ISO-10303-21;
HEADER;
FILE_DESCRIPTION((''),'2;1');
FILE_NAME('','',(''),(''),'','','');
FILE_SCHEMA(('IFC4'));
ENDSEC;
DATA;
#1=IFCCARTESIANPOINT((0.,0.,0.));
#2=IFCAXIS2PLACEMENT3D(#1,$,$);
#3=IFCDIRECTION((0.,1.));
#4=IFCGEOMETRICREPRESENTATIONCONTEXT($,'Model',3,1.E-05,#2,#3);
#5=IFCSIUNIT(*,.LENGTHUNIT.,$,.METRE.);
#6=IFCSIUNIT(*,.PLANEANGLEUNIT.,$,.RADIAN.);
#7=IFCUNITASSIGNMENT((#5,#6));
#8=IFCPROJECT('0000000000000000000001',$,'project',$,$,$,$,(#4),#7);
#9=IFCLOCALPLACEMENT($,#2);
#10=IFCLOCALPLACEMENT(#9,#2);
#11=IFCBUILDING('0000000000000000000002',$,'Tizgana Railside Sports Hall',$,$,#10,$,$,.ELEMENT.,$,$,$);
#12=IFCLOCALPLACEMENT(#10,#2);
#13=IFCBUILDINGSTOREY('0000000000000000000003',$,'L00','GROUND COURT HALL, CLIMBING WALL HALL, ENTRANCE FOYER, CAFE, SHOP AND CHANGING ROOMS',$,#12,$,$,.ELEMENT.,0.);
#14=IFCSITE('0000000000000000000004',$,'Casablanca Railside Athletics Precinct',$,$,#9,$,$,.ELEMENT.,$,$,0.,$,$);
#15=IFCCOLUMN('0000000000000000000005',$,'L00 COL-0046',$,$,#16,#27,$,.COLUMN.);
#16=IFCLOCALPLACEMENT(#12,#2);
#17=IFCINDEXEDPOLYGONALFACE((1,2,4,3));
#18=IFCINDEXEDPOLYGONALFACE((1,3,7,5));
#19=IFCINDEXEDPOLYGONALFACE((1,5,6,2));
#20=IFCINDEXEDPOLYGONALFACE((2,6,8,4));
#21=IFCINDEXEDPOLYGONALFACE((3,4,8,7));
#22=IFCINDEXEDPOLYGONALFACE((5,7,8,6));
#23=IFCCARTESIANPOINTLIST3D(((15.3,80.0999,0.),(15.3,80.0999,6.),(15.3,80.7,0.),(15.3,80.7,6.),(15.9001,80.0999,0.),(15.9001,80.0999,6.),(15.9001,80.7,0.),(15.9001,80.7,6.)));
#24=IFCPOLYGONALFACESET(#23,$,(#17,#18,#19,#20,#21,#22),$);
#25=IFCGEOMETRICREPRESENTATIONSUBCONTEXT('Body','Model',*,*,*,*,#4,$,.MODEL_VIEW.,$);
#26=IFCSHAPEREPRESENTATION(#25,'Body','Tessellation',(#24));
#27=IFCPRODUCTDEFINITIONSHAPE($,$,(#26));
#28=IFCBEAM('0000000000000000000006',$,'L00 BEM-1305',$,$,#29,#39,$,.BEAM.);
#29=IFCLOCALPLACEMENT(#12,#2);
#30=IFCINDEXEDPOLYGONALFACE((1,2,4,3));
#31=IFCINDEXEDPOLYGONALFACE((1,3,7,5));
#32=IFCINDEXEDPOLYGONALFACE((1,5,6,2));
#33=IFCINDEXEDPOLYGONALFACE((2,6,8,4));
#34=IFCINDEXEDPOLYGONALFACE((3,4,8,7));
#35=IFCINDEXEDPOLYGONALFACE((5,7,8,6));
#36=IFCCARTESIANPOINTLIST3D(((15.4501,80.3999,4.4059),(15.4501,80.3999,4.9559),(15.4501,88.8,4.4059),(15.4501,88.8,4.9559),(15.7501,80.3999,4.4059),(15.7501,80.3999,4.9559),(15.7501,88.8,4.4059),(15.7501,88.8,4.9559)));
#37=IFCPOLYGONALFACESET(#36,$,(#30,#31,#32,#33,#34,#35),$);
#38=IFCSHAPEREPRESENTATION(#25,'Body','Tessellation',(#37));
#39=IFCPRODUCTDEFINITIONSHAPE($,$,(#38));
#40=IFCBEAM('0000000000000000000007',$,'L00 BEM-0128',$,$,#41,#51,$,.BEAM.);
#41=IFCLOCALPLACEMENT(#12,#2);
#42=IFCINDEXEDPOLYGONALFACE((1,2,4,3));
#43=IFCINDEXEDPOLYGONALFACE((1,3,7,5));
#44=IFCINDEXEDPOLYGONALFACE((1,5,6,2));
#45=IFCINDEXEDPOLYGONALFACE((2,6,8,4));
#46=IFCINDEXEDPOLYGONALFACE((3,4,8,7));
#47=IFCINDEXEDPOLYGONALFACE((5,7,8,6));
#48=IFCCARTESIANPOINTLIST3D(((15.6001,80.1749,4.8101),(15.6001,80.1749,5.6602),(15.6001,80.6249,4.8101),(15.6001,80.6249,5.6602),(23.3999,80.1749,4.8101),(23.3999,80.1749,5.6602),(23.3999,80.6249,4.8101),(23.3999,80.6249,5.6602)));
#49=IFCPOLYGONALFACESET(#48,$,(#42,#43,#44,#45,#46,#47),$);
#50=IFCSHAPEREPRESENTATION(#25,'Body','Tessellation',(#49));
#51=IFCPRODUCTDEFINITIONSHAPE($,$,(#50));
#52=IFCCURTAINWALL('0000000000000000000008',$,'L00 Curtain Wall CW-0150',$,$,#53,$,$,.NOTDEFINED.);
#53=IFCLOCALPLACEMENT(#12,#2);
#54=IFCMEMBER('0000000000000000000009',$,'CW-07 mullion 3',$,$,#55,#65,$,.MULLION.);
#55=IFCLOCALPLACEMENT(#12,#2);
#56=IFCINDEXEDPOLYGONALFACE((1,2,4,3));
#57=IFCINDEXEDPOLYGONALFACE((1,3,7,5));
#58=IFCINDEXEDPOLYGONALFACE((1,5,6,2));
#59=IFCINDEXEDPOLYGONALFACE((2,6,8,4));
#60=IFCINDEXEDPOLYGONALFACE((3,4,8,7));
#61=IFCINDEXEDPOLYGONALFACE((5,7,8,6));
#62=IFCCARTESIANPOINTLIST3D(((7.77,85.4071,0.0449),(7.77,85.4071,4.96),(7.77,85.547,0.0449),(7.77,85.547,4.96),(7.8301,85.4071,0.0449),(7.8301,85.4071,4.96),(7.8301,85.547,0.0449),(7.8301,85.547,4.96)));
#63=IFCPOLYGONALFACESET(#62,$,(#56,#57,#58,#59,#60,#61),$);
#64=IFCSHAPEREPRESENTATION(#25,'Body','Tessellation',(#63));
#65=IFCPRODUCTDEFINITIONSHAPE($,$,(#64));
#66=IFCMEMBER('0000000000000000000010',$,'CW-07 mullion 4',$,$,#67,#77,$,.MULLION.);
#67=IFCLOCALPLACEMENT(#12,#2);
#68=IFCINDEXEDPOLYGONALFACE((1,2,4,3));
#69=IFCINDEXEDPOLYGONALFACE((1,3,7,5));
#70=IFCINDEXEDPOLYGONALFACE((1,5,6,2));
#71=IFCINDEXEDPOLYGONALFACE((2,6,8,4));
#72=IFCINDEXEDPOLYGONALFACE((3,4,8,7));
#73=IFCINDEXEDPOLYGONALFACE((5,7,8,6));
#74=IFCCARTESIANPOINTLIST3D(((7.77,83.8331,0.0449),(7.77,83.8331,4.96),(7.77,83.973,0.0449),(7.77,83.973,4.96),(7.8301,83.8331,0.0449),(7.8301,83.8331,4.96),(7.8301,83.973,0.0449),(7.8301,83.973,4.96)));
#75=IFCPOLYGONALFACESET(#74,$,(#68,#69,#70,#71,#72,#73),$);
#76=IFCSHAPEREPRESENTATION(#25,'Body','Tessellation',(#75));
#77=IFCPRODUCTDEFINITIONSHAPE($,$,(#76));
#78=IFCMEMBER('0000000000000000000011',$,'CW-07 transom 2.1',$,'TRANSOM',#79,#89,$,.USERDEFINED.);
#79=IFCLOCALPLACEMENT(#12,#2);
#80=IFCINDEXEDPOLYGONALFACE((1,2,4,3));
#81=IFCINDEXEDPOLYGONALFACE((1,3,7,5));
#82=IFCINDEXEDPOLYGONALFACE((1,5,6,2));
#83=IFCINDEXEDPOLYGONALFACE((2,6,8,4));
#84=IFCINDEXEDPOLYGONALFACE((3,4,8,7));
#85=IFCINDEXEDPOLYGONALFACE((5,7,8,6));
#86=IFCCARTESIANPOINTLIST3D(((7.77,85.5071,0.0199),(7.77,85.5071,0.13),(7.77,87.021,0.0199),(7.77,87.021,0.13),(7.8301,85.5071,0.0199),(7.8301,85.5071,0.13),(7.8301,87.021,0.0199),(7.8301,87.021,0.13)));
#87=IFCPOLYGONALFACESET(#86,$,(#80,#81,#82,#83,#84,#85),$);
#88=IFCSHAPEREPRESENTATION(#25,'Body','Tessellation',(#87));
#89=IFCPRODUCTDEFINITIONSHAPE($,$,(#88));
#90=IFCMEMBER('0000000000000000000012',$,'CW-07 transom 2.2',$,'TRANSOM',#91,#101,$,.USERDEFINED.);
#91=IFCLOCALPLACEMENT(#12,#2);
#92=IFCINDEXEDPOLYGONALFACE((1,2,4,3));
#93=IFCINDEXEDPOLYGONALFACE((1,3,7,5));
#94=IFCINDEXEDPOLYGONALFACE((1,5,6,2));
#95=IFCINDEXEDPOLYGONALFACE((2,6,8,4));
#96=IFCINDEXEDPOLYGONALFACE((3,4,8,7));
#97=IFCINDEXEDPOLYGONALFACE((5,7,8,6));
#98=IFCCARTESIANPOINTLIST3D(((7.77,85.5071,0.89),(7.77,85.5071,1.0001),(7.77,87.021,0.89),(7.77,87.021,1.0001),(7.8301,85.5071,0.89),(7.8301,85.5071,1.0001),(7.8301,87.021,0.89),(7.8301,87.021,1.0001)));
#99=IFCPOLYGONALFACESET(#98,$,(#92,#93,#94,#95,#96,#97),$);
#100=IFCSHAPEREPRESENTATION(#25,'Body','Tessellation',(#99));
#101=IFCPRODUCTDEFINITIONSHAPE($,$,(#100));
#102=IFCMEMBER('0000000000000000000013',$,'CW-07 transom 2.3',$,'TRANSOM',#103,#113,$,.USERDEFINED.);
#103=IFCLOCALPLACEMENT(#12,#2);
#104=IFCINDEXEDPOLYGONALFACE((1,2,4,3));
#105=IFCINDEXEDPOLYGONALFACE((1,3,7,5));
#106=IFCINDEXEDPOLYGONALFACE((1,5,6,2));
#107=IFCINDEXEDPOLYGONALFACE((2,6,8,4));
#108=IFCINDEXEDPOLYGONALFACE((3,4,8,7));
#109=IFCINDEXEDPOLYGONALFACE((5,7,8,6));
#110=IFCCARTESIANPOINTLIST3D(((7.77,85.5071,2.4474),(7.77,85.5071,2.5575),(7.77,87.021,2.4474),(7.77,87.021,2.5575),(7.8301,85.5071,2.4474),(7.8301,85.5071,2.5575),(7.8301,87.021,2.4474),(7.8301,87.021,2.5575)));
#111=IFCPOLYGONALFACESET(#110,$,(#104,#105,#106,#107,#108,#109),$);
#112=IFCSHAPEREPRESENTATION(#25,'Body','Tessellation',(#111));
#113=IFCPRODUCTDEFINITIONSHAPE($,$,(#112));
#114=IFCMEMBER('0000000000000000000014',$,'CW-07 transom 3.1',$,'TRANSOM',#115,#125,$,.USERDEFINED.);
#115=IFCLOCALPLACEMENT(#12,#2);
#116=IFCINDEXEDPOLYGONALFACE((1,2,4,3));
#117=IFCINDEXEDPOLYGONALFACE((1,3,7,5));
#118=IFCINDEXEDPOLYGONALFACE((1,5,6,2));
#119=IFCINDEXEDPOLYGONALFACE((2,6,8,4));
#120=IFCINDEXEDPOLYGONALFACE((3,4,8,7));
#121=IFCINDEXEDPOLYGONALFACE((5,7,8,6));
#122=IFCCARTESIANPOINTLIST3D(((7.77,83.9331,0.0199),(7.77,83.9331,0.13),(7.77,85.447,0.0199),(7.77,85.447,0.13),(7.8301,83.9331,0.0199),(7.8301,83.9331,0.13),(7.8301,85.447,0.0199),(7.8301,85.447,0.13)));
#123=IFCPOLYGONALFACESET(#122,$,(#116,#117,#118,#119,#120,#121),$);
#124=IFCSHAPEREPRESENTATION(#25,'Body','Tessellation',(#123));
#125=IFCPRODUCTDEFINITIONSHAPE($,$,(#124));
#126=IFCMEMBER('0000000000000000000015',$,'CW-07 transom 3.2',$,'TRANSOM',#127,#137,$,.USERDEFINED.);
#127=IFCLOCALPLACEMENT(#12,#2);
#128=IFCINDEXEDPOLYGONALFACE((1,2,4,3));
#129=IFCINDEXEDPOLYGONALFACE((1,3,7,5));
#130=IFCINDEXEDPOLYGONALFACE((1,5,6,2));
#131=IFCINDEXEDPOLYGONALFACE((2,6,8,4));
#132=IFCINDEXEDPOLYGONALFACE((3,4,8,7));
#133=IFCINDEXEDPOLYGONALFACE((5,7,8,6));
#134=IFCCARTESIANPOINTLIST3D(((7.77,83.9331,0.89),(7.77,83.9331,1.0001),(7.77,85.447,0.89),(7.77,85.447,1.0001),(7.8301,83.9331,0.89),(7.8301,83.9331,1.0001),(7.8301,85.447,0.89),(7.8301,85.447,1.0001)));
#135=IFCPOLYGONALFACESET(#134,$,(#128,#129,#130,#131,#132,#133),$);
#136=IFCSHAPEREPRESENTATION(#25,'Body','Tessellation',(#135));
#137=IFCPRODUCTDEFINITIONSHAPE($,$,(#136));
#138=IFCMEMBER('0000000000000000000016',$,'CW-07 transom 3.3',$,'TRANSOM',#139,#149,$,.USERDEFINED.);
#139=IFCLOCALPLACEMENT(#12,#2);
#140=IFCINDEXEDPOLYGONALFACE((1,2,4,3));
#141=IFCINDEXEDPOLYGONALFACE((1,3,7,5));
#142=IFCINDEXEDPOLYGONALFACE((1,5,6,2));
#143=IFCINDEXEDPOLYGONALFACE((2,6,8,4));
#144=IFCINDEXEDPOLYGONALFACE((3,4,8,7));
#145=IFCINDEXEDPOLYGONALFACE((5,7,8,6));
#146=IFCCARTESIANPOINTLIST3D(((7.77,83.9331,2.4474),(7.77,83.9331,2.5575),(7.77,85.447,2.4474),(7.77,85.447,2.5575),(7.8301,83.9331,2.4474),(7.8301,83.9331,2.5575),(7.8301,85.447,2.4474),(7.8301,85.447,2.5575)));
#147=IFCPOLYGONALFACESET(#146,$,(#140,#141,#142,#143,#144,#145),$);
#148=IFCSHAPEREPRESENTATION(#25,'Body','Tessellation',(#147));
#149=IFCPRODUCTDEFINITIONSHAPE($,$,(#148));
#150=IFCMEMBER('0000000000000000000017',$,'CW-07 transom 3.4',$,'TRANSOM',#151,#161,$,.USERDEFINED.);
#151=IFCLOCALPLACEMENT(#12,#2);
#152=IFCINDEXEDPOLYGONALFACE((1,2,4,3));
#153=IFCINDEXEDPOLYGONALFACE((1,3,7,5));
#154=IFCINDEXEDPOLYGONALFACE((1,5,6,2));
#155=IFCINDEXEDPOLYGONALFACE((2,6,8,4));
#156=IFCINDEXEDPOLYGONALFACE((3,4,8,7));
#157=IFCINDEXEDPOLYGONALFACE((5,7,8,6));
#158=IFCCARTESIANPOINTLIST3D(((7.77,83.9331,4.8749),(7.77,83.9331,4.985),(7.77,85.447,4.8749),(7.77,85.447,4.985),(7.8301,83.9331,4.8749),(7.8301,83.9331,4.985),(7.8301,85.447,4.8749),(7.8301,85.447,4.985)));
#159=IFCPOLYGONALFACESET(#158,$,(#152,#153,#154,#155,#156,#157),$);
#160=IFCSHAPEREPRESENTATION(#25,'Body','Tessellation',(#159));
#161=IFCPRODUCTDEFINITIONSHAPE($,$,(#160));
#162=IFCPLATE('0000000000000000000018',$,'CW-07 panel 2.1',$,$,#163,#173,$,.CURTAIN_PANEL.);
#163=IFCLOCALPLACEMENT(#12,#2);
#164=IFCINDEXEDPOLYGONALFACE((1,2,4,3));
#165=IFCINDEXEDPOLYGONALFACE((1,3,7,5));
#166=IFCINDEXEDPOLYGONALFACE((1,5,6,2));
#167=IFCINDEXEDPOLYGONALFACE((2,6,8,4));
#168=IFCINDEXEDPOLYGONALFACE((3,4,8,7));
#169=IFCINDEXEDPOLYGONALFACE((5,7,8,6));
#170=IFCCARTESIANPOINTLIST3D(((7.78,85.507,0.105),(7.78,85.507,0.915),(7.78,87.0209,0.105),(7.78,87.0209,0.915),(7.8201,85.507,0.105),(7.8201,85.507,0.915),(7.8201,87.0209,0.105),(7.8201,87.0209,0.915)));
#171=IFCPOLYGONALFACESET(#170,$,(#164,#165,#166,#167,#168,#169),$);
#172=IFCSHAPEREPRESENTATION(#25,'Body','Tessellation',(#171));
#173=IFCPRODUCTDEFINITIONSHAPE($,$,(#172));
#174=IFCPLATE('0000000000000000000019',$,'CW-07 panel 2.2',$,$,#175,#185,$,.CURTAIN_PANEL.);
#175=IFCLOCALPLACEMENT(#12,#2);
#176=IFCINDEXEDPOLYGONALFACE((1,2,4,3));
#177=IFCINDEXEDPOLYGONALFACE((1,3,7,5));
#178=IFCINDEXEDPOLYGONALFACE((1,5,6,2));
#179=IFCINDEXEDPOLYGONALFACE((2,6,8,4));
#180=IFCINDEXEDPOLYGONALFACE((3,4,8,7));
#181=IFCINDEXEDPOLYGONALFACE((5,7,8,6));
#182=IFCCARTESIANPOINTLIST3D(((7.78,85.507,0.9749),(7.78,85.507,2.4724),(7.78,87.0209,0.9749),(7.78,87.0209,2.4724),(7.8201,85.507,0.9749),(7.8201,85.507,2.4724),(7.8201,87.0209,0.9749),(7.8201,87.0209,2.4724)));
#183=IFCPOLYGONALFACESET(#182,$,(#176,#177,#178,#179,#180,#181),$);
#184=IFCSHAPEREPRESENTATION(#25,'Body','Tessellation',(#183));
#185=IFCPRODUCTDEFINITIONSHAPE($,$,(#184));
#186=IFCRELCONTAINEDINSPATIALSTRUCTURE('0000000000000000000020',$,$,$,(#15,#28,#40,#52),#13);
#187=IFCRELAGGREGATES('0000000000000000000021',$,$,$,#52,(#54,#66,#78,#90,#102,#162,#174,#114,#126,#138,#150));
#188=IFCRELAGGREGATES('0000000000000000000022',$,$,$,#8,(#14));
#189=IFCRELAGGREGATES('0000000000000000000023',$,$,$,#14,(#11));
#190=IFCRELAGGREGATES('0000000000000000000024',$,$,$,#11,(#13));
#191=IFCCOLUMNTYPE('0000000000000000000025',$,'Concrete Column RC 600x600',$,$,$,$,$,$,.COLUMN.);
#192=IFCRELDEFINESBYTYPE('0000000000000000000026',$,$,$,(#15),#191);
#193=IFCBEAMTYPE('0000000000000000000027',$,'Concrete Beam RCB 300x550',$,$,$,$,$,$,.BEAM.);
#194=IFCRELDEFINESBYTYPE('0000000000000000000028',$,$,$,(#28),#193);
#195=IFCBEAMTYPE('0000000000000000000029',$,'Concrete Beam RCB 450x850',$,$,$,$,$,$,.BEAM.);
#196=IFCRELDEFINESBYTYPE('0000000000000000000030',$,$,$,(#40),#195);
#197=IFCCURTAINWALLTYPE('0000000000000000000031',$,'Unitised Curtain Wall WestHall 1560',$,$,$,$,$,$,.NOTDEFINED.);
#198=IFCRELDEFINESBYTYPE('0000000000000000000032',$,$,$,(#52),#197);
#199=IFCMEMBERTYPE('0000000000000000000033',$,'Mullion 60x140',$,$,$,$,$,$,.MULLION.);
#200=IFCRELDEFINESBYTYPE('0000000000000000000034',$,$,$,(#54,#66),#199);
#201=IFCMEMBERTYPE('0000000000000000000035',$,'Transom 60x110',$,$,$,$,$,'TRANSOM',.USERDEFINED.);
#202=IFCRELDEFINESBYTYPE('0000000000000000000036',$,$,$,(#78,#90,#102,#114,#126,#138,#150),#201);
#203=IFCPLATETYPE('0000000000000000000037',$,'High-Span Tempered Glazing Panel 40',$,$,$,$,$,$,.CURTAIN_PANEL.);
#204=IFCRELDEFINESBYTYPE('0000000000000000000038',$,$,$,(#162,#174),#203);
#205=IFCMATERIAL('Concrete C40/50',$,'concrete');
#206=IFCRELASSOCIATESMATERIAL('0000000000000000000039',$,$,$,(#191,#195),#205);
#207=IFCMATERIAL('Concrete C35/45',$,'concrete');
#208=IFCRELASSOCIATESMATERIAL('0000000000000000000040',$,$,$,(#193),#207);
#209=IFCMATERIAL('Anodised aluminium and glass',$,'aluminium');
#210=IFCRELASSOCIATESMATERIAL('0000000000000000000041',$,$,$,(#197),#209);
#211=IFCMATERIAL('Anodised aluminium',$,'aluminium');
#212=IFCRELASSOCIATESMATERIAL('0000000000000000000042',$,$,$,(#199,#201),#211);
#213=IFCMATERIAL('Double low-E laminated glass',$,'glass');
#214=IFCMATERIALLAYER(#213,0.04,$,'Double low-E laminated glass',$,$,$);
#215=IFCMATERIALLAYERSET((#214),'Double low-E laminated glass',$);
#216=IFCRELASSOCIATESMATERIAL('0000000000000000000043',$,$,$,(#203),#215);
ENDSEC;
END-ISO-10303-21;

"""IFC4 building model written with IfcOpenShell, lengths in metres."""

from ifc_helpers import new_model, si_unit, direction, frame, origin, origin_2d, place, context, subcontext, project, spatial, rectangle, extrude, material, layer, layer_set, material_profile, profile_set, type_object, element, aggregate, save


model = new_model("IFC4")

# Units and contexts
model_context = context("Model", 3, precision=1e-05, world=origin(), true_north=direction((0.0, 1.0)))
body_context = subcontext(model_context, "Body", "Model", "MODEL_VIEW")
ifc_project = project(units=[si_unit("LENGTHUNIT", "METRE"), si_unit("PLANEANGLEUNIT", "RADIAN")], contexts=[model_context])

# Site, building, storey
site_placement = place(None, origin())
site = spatial("IfcSite", under=ifc_project, at=site_placement, Name="Casablanca Railside Athletics Precinct", CompositionType="ELEMENT", RefElevation=0.0)
building_placement = place(site_placement, origin())
building = spatial("IfcBuilding", under=site, at=building_placement, Name="Tizgana Railside Sports Hall", CompositionType="ELEMENT")
storey_placement = place(building_placement, origin())
storey = spatial("IfcBuildingStorey", under=building, at=storey_placement, Name="L00", Description="GROUND COURT HALL, CLIMBING WALL HALL, ENTRANCE FOYER, CAFE, SHOP AND CHANGING ROOMS", CompositionType="ELEMENT", Elevation=0.0)

# Column
ifc_material_1 = material(Name="Concrete C40/50", Category="concrete")
ifc_material_profile_1 = material_profile(ifc_material_1, rectangle(XDim=0.6001, YDim=0.6001, at=origin_2d()), Name="RC 600x600")
ifc_profile_set_1 = profile_set([ifc_material_profile_1], Name="Concrete C40/50")
column_type = type_object("IfcColumnType", Name="Concrete Column RC 600x600", PredefinedType="COLUMN", material=ifc_profile_set_1)
column_placement = place(storey_placement, frame((15.6001, 80.3999, 0.0), z_axis=(0.0, 0.0, 1.0), x_axis=(1.0, 0.0, 0.0)))
element("IfcColumn", 1, at=column_placement, inside=storey, type_object=column_type, Name="L00 COL-0046", PredefinedType="COLUMN", context=body_context, shape_type="SweptSolid", body=[
    extrude(rectangle(XDim=0.6001, YDim=0.6001, at=origin_2d()), origin(), (0.0, 0.0, 1.0), 6.0),
])

# Beams
ifc_material_2 = material(Name="Concrete C35/45", Category="concrete")
ifc_material_profile_2 = material_profile(ifc_material_2, rectangle(XDim=0.3, YDim=0.55, at=origin_2d()), Name="RCB 300x550")
ifc_profile_set_2 = profile_set([ifc_material_profile_2], Name="Concrete C35/45")
beam_type_1 = type_object("IfcBeamType", Name="Concrete Beam RCB 300x550", PredefinedType="BEAM", material=ifc_profile_set_2)
beam_1_placement = place(storey_placement, frame((15.6001, 80.3999, 4.6809), z_axis=(0.0, 1.0, 0.0), x_axis=(-1.0, 0.0, 0.0)))
element("IfcBeam", 2, at=beam_1_placement, inside=storey, type_object=beam_type_1, Name="L00 BEM-1305", PredefinedType="BEAM", context=body_context, shape_type="SweptSolid", body=[
    extrude(rectangle(XDim=0.3, YDim=0.55, at=origin_2d()), origin(), (0.0, 0.0, 1.0), 8.4001),
])
ifc_material_profile_3 = material_profile(ifc_material_1, rectangle(XDim=0.45, YDim=0.8501, at=origin_2d()), Name="RCB 450x850")
ifc_profile_set_3 = profile_set([ifc_material_profile_3], Name="Concrete C40/50")
beam_type_2 = type_object("IfcBeamType", Name="Concrete Beam RCB 450x850", PredefinedType="BEAM", material=ifc_profile_set_3)
beam_2_placement = place(storey_placement, frame((15.6001, 80.3999, 5.2351), z_axis=(1.0, 0.0, 0.0), x_axis=(0.0, 1.0, 0.0)))
element("IfcBeam", 3, at=beam_2_placement, inside=storey, type_object=beam_type_2, Name="L00 BEM-0128", PredefinedType="BEAM", context=body_context, shape_type="SweptSolid", body=[
    extrude(rectangle(XDim=0.45, YDim=0.8501, at=origin_2d()), origin(), (0.0, 0.0, 1.0), 7.7998),
])

# Curtain wall, members, plates
ifc_material_3 = material(Name="Anodised aluminium and glass", Category="aluminium")
curtain_wall_type = type_object("IfcCurtainWallType", Name="Unitised Curtain Wall WestHall 1560", PredefinedType="NOTDEFINED", material=ifc_material_3)
curtain_wall_placement = place(storey_placement, origin())
curtain_wall = element("IfcCurtainWall", 4, at=curtain_wall_placement, inside=storey, type_object=curtain_wall_type, Name="L00 Curtain Wall CW-0150", PredefinedType="NOTDEFINED")
ifc_material_4 = material(Name="Anodised aluminium", Category="aluminium")
ifc_material_profile_4 = material_profile(ifc_material_4, rectangle(XDim=0.0601, YDim=0.1399, at=origin_2d()), Name="Mullion 60x140")
ifc_profile_set_4 = profile_set([ifc_material_profile_4], Name="Anodised aluminium")
member_type_1 = type_object("IfcMemberType", Name="Mullion 60x140", PredefinedType="MULLION", material=ifc_profile_set_4)
member_1_placement = place(storey_placement, frame((7.8, 85.4771, 0.0449), z_axis=(0.0, 0.0, 1.0), x_axis=(1.0, 0.0, 0.0)))
member_1 = element("IfcMember", 5, at=member_1_placement, type_object=member_type_1, Name="CW-07 mullion 3", PredefinedType="MULLION", context=body_context, shape_type="SweptSolid", body=[
    extrude(rectangle(XDim=0.0601, YDim=0.1399, at=origin_2d()), origin(), (0.0, 0.0, 1.0), 4.915),
])
member_2_placement = place(storey_placement, frame((7.8, 83.9031, 0.0449), z_axis=(0.0, 0.0, 1.0), x_axis=(1.0, 0.0, 0.0)))
member_2 = element("IfcMember", 6, at=member_2_placement, type_object=member_type_1, Name="CW-07 mullion 4", PredefinedType="MULLION", context=body_context, shape_type="SweptSolid", body=[
    extrude(rectangle(XDim=0.0601, YDim=0.1399, at=origin_2d()), origin(), (0.0, 0.0, 1.0), 4.915),
])
ifc_material_profile_5 = material_profile(ifc_material_4, rectangle(XDim=0.0601, YDim=0.1101, at=origin_2d()), Name="Transom 60x110")
ifc_profile_set_5 = profile_set([ifc_material_profile_5], Name="Anodised aluminium")
member_type_2 = type_object("IfcMemberType", Name="Transom 60x110", ElementType="TRANSOM", PredefinedType="USERDEFINED", material=ifc_profile_set_5)
member_3_placement = place(storey_placement, frame((7.8, 87.021, 0.075), z_axis=(0.0, -1.0, 0.0), x_axis=(1.0, 0.0, 0.0)))
member_3 = element("IfcMember", 7, at=member_3_placement, type_object=member_type_2, Name="CW-07 transom 2.1", ObjectType="TRANSOM", PredefinedType="USERDEFINED", context=body_context, shape_type="SweptSolid", body=[
    extrude(rectangle(XDim=0.0601, YDim=0.1101, at=origin_2d()), origin(), (0.0, 0.0, 1.0), 1.5139),
])
member_4_placement = place(storey_placement, frame((7.8, 87.021, 0.9451), z_axis=(0.0, -1.0, 0.0), x_axis=(1.0, 0.0, 0.0)))
member_4 = element("IfcMember", 8, at=member_4_placement, type_object=member_type_2, Name="CW-07 transom 2.2", ObjectType="TRANSOM", PredefinedType="USERDEFINED", context=body_context, shape_type="SweptSolid", body=[
    extrude(rectangle(XDim=0.0601, YDim=0.1101, at=origin_2d()), origin(), (0.0, 0.0, 1.0), 1.5139),
])
member_5_placement = place(storey_placement, frame((7.8, 87.021, 2.5024), z_axis=(0.0, -1.0, 0.0), x_axis=(1.0, 0.0, 0.0)))
member_5 = element("IfcMember", 9, at=member_5_placement, type_object=member_type_2, Name="CW-07 transom 2.3", ObjectType="TRANSOM", PredefinedType="USERDEFINED", context=body_context, shape_type="SweptSolid", body=[
    extrude(rectangle(XDim=0.0601, YDim=0.1101, at=origin_2d()), origin(), (0.0, 0.0, 1.0), 1.5139),
])
member_6_placement = place(storey_placement, frame((7.8, 85.447, 0.075), z_axis=(0.0, -1.0, 0.0), x_axis=(1.0, 0.0, 0.0)))
member_6 = element("IfcMember", 10, at=member_6_placement, type_object=member_type_2, Name="CW-07 transom 3.1", ObjectType="TRANSOM", PredefinedType="USERDEFINED", context=body_context, shape_type="SweptSolid", body=[
    extrude(rectangle(XDim=0.0601, YDim=0.1101, at=origin_2d()), origin(), (0.0, 0.0, 1.0), 1.5139),
])
member_7_placement = place(storey_placement, frame((7.8, 85.447, 0.9451), z_axis=(0.0, -1.0, 0.0), x_axis=(1.0, 0.0, 0.0)))
member_7 = element("IfcMember", 11, at=member_7_placement, type_object=member_type_2, Name="CW-07 transom 3.2", ObjectType="TRANSOM", PredefinedType="USERDEFINED", context=body_context, shape_type="SweptSolid", body=[
    extrude(rectangle(XDim=0.0601, YDim=0.1101, at=origin_2d()), origin(), (0.0, 0.0, 1.0), 1.5139),
])
member_8_placement = place(storey_placement, frame((7.8, 85.447, 2.5024), z_axis=(0.0, -1.0, 0.0), x_axis=(1.0, 0.0, 0.0)))
member_8 = element("IfcMember", 12, at=member_8_placement, type_object=member_type_2, Name="CW-07 transom 3.3", ObjectType="TRANSOM", PredefinedType="USERDEFINED", context=body_context, shape_type="SweptSolid", body=[
    extrude(rectangle(XDim=0.0601, YDim=0.1101, at=origin_2d()), origin(), (0.0, 0.0, 1.0), 1.5139),
])
member_9_placement = place(storey_placement, frame((7.8, 85.447, 4.9299), z_axis=(0.0, -1.0, 0.0), x_axis=(1.0, 0.0, 0.0)))
member_9 = element("IfcMember", 13, at=member_9_placement, type_object=member_type_2, Name="CW-07 transom 3.4", ObjectType="TRANSOM", PredefinedType="USERDEFINED", context=body_context, shape_type="SweptSolid", body=[
    extrude(rectangle(XDim=0.0601, YDim=0.1101, at=origin_2d()), origin(), (0.0, 0.0, 1.0), 1.5139),
])
ifc_material_5 = material(Name="Double low-E laminated glass", Category="glass")
ifc_layer_1 = layer(ifc_material_5, 0.04, Name="Double low-E laminated glass")
ifc_layer_set_1 = layer_set([ifc_layer_1], Name="Double low-E laminated glass")
plate_type = type_object("IfcPlateType", Name="High-Span Tempered Glazing Panel 40", PredefinedType="CURTAIN_PANEL", material=ifc_layer_set_1)
plate_1_placement = place(storey_placement, frame((7.8, 86.2639, 0.105), z_axis=(0.0, 0.0, 1.0), x_axis=(0.0, -1.0, 0.0)))
plate_1 = element("IfcPlate", 14, at=plate_1_placement, type_object=plate_type, Name="CW-07 panel 2.1", PredefinedType="CURTAIN_PANEL", context=body_context, shape_type="SweptSolid", body=[
    extrude(rectangle(XDim=1.5139, YDim=0.04, at=origin_2d()), origin(), (0.0, 0.0, 1.0), 0.8101),
])
plate_2_placement = place(storey_placement, frame((7.8, 86.2639, 0.9749), z_axis=(0.0, 0.0, 1.0), x_axis=(0.0, -1.0, 0.0)))
plate_2 = element("IfcPlate", 15, at=plate_2_placement, type_object=plate_type, Name="CW-07 panel 2.2", PredefinedType="CURTAIN_PANEL", context=body_context, shape_type="SweptSolid", body=[
    extrude(rectangle(XDim=1.5139, YDim=0.04, at=origin_2d()), origin(), (0.0, 0.0, 1.0), 1.4976),
])
aggregate(curtain_wall, [member_1, member_2, member_3, member_4, member_5, plate_1, plate_2, member_6, member_7, member_8, member_9])

save(model, "model.ifc")
